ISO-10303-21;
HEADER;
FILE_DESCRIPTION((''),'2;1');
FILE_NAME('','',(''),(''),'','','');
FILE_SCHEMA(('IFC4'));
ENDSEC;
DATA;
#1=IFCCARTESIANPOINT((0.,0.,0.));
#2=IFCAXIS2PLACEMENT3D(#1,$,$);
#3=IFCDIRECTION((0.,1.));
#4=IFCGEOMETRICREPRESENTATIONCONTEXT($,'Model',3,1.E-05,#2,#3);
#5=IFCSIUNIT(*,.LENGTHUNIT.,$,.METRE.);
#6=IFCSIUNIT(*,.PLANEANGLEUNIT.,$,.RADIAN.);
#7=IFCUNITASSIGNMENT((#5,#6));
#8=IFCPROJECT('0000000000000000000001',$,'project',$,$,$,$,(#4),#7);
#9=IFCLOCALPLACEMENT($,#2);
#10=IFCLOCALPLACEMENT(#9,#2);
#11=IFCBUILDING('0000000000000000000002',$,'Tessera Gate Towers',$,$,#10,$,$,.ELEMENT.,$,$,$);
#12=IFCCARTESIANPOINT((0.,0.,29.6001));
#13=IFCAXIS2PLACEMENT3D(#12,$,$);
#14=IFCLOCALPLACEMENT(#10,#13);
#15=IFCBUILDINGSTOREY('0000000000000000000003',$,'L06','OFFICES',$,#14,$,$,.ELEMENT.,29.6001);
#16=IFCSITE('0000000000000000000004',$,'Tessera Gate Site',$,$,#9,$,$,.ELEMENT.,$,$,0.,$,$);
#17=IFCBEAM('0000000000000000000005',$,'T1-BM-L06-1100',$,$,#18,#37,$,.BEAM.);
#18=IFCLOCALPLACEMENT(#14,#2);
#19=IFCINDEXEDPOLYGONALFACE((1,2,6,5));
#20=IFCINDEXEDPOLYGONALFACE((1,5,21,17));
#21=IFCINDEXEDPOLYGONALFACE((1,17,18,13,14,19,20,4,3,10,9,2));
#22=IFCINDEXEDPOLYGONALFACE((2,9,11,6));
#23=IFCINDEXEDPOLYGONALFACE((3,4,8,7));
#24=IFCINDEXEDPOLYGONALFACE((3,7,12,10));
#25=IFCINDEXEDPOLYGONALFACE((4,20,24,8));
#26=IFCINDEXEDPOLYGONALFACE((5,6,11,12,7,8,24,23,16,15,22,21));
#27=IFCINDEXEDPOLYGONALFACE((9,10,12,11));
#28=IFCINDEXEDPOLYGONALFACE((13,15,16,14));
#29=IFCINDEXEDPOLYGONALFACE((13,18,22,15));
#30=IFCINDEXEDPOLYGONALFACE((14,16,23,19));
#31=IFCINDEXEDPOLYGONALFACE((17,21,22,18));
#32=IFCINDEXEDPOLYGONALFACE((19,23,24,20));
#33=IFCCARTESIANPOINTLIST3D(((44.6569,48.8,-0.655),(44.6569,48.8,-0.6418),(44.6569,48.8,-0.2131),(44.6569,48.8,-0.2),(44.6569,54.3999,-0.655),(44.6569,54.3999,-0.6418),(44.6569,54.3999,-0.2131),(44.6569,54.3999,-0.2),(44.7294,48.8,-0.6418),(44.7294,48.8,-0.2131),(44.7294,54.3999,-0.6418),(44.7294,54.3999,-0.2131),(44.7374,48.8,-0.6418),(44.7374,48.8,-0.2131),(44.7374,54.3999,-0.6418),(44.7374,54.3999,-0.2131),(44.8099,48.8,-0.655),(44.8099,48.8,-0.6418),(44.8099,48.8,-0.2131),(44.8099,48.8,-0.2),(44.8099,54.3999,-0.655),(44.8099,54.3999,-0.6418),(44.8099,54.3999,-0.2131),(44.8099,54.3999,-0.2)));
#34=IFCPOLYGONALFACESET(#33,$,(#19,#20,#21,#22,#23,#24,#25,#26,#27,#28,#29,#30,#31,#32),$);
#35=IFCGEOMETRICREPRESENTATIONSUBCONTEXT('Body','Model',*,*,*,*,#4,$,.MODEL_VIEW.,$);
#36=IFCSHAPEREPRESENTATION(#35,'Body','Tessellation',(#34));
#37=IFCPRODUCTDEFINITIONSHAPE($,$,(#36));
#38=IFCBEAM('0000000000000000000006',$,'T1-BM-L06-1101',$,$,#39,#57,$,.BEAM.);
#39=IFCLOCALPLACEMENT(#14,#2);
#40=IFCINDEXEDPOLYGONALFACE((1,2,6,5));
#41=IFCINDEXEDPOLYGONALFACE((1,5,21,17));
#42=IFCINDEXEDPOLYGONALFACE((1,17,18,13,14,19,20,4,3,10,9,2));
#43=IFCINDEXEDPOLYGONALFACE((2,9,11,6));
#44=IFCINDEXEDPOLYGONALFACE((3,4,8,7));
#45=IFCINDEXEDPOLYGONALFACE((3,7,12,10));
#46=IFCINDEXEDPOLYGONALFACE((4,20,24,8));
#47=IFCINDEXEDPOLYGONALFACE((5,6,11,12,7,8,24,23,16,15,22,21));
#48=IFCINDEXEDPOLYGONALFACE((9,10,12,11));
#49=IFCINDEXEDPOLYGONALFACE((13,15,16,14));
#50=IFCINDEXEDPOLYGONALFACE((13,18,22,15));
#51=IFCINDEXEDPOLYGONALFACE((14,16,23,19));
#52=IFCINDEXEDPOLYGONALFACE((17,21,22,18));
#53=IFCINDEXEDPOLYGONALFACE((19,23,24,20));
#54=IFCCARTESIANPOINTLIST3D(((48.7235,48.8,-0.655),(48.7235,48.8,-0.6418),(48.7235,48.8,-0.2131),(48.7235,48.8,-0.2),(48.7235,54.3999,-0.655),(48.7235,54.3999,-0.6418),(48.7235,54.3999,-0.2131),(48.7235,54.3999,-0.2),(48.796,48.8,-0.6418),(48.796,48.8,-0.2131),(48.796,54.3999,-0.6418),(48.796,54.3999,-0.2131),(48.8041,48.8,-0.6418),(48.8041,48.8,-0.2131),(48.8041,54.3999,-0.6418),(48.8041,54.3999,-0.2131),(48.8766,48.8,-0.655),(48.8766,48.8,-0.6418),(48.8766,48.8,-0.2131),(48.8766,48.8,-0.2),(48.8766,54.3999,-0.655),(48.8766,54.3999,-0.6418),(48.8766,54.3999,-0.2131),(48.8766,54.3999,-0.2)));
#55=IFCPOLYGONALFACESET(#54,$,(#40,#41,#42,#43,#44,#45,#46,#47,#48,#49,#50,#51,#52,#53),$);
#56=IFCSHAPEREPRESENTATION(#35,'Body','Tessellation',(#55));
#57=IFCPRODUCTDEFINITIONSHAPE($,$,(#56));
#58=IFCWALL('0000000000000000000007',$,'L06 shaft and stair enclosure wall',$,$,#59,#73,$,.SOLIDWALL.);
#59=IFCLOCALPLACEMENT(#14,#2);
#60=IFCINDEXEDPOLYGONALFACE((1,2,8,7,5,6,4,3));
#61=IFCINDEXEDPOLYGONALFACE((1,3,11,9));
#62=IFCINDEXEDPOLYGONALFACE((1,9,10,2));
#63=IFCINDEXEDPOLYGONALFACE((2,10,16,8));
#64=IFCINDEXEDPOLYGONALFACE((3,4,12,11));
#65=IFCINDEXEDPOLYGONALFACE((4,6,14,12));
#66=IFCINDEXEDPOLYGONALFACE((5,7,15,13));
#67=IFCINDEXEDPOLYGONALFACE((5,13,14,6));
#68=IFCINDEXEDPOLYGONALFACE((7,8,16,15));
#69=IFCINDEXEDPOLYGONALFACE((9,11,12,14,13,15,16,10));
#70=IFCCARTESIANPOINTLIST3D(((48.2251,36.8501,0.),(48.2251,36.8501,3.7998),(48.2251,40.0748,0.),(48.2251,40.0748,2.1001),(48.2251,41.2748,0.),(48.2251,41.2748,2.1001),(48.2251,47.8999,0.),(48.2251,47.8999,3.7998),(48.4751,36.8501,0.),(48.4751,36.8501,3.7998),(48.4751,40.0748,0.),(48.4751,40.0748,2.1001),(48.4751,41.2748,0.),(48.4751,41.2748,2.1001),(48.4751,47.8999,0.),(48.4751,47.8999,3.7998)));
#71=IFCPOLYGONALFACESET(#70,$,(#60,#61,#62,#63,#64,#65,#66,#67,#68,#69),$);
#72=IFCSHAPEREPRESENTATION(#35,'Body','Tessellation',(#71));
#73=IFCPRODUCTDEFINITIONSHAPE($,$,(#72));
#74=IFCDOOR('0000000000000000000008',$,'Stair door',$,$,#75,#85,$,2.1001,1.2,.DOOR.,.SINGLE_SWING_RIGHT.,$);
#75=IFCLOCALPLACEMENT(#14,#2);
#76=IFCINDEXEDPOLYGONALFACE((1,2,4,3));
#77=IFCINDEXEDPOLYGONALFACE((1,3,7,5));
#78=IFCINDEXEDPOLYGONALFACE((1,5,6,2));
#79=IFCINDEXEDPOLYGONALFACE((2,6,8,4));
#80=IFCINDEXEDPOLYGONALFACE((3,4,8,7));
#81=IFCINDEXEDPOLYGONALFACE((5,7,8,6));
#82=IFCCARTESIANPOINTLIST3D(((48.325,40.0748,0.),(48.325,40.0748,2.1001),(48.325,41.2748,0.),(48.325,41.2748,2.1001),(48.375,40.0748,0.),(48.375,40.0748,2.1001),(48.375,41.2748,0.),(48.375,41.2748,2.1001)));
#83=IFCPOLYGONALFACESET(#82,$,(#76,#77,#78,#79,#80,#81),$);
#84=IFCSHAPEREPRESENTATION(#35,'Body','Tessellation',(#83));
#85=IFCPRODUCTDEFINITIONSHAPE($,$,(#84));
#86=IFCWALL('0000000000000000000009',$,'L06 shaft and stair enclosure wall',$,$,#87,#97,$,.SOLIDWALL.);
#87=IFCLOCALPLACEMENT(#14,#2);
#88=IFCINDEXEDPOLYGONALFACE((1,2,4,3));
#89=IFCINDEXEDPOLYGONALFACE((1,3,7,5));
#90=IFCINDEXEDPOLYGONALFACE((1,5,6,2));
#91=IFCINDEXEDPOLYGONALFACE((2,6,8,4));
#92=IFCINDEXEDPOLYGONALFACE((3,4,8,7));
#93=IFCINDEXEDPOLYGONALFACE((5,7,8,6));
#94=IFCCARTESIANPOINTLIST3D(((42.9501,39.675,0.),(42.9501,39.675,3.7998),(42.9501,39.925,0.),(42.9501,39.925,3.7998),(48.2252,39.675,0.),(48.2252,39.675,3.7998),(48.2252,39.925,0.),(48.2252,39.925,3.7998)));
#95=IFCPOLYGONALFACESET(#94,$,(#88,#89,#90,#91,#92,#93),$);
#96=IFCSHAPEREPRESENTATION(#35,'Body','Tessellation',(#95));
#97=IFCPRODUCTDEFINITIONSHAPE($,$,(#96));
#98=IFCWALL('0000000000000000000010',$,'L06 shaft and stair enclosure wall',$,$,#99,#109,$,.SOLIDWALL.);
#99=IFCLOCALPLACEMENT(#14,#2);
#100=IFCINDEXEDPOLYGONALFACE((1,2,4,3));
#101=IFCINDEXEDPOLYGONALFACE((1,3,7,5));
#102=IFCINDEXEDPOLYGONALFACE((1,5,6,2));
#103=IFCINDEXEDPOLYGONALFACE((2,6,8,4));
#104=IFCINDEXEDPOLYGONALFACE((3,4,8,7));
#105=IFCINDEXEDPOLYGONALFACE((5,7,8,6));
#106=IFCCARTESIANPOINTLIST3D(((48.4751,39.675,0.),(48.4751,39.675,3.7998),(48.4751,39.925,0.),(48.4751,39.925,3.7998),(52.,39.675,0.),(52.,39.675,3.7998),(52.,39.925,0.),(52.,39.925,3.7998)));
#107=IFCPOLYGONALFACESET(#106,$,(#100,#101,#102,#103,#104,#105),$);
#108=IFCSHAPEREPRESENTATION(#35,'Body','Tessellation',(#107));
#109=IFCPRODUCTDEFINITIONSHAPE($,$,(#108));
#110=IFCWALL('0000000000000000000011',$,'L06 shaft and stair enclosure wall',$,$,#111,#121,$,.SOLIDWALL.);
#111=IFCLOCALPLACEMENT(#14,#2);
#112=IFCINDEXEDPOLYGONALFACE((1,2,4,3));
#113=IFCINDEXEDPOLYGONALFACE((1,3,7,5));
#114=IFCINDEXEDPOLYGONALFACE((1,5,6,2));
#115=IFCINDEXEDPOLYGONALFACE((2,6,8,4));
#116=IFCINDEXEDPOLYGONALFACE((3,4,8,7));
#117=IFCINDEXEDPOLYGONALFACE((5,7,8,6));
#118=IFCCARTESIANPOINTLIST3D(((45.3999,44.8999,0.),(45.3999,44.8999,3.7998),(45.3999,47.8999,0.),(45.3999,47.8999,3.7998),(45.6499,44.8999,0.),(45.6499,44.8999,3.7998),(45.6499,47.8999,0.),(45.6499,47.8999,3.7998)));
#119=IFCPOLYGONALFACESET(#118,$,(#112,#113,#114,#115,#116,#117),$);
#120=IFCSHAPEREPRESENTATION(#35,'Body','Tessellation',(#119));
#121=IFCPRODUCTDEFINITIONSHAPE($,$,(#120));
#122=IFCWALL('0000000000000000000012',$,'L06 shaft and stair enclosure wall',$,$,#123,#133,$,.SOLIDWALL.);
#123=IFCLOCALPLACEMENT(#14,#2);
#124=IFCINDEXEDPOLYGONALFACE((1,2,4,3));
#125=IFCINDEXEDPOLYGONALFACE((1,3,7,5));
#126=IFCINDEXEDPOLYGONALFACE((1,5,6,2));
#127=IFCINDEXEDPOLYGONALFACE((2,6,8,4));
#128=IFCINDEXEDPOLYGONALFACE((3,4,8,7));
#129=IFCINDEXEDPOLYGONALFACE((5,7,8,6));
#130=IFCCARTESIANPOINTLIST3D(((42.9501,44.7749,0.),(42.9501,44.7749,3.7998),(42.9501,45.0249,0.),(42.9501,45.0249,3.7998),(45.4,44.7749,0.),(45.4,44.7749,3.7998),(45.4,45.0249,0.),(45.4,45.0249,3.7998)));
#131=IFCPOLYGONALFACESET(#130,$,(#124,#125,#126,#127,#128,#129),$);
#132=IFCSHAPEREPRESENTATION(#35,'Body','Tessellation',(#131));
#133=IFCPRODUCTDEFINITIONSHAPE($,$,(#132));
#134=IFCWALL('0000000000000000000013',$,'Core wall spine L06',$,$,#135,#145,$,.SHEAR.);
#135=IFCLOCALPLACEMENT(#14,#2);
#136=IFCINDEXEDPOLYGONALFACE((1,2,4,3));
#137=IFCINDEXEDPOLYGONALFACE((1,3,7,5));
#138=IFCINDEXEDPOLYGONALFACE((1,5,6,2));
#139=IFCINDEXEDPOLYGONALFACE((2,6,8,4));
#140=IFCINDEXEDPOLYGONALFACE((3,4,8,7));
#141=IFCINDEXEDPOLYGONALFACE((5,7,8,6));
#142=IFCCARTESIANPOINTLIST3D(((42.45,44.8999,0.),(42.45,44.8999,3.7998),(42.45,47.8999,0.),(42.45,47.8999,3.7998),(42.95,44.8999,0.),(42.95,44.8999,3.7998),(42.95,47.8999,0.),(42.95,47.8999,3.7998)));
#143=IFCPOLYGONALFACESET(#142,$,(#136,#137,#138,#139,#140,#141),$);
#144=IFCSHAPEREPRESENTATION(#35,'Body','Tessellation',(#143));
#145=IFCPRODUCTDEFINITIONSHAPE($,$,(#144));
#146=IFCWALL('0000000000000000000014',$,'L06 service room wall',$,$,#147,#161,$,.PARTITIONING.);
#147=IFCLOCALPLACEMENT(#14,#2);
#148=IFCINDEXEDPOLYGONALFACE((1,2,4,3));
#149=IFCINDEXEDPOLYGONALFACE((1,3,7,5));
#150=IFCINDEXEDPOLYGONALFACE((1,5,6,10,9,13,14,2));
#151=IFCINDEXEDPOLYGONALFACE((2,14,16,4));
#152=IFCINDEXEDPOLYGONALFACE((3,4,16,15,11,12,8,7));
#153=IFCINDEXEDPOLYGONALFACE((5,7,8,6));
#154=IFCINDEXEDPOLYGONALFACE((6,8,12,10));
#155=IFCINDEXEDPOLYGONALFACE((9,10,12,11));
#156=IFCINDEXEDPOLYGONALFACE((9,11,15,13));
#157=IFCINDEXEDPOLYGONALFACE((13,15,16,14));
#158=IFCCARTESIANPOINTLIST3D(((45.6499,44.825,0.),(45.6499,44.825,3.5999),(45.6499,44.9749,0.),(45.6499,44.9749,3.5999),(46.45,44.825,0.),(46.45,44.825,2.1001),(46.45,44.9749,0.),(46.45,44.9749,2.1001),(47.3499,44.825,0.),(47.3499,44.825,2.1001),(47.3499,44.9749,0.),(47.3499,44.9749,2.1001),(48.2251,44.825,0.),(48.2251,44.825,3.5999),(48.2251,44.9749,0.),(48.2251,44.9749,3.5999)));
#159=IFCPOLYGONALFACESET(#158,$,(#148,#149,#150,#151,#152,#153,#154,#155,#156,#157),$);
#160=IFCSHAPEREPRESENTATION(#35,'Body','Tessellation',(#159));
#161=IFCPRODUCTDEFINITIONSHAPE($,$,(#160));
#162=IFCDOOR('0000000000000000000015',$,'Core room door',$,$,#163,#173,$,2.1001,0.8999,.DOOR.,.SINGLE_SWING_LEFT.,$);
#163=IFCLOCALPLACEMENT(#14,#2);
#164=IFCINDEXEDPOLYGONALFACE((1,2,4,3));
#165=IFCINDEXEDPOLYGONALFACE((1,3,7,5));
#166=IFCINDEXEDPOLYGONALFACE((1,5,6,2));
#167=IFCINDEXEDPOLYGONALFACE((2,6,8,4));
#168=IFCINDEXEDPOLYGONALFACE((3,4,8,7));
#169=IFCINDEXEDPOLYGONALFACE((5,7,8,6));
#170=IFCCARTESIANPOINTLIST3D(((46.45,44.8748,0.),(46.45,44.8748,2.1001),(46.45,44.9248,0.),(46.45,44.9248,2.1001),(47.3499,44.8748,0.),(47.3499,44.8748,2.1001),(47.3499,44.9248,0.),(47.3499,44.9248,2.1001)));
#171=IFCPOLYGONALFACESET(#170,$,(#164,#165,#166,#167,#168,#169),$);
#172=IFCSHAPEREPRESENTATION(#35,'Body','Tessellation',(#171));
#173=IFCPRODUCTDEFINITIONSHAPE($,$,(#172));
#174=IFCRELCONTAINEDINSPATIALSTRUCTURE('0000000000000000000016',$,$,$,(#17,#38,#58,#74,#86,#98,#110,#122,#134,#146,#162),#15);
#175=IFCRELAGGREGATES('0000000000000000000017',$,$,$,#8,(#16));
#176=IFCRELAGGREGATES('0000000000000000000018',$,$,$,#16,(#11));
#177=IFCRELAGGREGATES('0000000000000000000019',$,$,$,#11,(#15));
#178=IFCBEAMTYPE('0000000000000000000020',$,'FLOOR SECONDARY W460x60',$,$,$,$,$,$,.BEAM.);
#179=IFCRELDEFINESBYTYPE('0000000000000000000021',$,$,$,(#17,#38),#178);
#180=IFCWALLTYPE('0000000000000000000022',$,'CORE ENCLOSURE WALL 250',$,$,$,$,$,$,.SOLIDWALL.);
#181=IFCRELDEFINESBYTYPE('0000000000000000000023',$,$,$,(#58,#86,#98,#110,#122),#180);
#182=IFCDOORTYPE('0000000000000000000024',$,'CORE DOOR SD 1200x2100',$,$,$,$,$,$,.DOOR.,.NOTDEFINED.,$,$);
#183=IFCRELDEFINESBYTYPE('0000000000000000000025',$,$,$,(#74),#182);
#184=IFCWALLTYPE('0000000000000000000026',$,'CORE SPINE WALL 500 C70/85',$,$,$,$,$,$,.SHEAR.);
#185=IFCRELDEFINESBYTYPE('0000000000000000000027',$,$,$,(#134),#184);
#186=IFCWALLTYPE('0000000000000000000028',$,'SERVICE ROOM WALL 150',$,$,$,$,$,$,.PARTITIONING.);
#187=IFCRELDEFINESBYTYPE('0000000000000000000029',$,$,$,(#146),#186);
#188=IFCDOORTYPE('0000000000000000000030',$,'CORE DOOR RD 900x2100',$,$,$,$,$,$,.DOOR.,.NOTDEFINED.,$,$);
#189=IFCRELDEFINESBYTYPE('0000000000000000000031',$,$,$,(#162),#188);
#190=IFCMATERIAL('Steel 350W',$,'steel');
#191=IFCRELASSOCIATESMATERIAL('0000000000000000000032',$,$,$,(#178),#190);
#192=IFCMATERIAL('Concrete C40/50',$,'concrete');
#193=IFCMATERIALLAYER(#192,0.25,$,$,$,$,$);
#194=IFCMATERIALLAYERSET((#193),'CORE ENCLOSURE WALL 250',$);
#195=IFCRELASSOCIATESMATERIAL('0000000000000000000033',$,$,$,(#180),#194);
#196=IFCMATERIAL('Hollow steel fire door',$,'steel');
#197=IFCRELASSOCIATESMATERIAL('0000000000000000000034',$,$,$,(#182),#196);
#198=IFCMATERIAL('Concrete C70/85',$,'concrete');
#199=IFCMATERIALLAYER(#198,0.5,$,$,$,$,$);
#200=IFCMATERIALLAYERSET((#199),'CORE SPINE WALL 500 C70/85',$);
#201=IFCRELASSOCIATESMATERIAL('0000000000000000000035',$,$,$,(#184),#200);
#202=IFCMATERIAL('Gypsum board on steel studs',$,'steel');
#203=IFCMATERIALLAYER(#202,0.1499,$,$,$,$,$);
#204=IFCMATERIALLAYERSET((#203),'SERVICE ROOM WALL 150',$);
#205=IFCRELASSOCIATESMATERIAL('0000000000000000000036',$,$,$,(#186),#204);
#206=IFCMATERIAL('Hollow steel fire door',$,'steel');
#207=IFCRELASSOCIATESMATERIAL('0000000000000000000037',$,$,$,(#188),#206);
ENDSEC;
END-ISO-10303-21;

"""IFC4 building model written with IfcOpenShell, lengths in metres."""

from ifc_helpers import new_model, si_unit, direction, frame, frame_2d, origin, origin_2d, place, context, subcontext, project, spatial, rectangle, i_section, extrude, source, transform, mapped, material, layer, layer_set, material_profile, profile_set, type_object, element, fill, save


model = new_model("IFC4")

# Units and contexts
model_context = context("Model", 3, precision=1e-05, world=origin(), true_north=direction((0.0, 1.0)))
body_context = subcontext(model_context, "Body", "Model", "MODEL_VIEW")
ifc_project = project(units=[si_unit("LENGTHUNIT", "METRE"), si_unit("PLANEANGLEUNIT", "RADIAN")], contexts=[model_context])

# Site, building, storey
site_placement = place(None, origin())
site = spatial("IfcSite", under=ifc_project, at=site_placement, Name="Tessera Gate Site", CompositionType="ELEMENT", RefElevation=0.0)
building_placement = place(site_placement, origin())
building = spatial("IfcBuilding", under=site, at=building_placement, Name="Tessera Gate Towers", CompositionType="ELEMENT")
storey_placement = place(building_placement, frame((0.0, 0.0, 29.6001)))
storey = spatial("IfcBuildingStorey", under=building, at=storey_placement, Name="L06", Description="OFFICES", CompositionType="ELEMENT", Elevation=29.6001)

# Beams
ifc_material_1 = material(Name="Steel 350W", Category="steel")
ifc_material_profile = material_profile(ifc_material_1, i_section(OverallWidth=0.1531, OverallDepth=0.4551, WebThickness=0.0081, FlangeThickness=0.0132, at=origin_2d()), Name="W460x60")
ifc_profile_set = profile_set([ifc_material_profile], Name="Steel 350W")
beam_type = type_object("IfcBeamType", Name="FLOOR SECONDARY W460x60", PredefinedType="BEAM", material=ifc_profile_set)
for number, where, z_axis, x_axis, name in (
    (1, (44.7334, 48.8, -0.4275), (0.0, 1.0, 0.0), (-1.0, 0.0, 0.0), "T1-BM-L06-1100"),
    (2, (48.8, 48.8, -0.4275), (0.0, 1.0, 0.0), (-1.0, 0.0, 0.0), "T1-BM-L06-1101"),
):
    element("IfcBeam", number, at=place(storey_placement, frame(where, z_axis=z_axis, x_axis=x_axis)), inside=storey, type_object=beam_type, Name=name, PredefinedType="BEAM", context=body_context, shape_type="SweptSolid", body=[
        extrude(i_section(OverallWidth=0.1531, OverallDepth=0.4551, WebThickness=0.0081, FlangeThickness=0.0132, at=origin_2d()), origin(), (0.0, 0.0, 1.0), 5.5999),
    ])

# Wall, opening, door
ifc_material_2 = material(Name="Concrete C40/50", Category="concrete")
ifc_layer_1 = layer(ifc_material_2, 0.25)
ifc_layer_set_1 = layer_set([ifc_layer_1], Name="CORE ENCLOSURE WALL 250")
wall_type_1 = type_object("IfcWallType", Name="CORE ENCLOSURE WALL 250", PredefinedType="SOLIDWALL", material=ifc_layer_set_1)
wall_1_placement = place(storey_placement, frame((48.3501, 47.8999, 0.0), z_axis=(0.0, 0.0, 1.0), x_axis=(0.0, -1.0, 0.0)))
wall_1 = element("IfcWall", 3, at=wall_1_placement, inside=storey, type_object=wall_type_1, Name="L06 shaft and stair enclosure wall", PredefinedType="SOLIDWALL", context=body_context, shape_type="SweptSolid", body=[
    extrude(rectangle(XDim=11.0498, YDim=0.25, at=frame_2d((5.5249, 0.0))), origin(), (0.0, 0.0, 1.0), 3.7998),
])
shared_shape_1 = source(origin(), body_context, "Body", "SweptSolid", [
    extrude(rectangle(XDim=1.2, YDim=2.1001, at=frame_2d((0.6001, 1.05))), frame((0.0, 0.135, 0.0), z_axis=(0.0, -1.0, 0.0), x_axis=(1.0, 0.0, 0.0)), (0.0, 0.0, 1.0), 0.27),
])
opening_1_placement = place(wall_1_placement, frame((6.625, 0.0, 0.0)))
opening_1 = element("IfcOpeningElement", 4, at=opening_1_placement, cuts=wall_1, PredefinedType="OPENING", context=body_context, shape_type="MappedRepresentation", body=[
    mapped(shared_shape_1, transform((0.0, 0.0, 0.0), scale=1.0)),
])
ifc_material_3 = material(Name="Hollow steel fire door", Category="steel")
door_type_1 = type_object("IfcDoorType", Name="CORE DOOR SD 1200x2100", OperationType="NOTDEFINED", PredefinedType="DOOR", material=ifc_material_3)
shared_shape_2 = source(origin(), body_context, "Body", "SweptSolid", [
    extrude(rectangle(XDim=1.2, YDim=2.1001, at=frame_2d((0.6001, 1.05))), frame((0.0, 0.0249, 0.0), z_axis=(0.0, -1.0, 0.0), x_axis=(1.0, 0.0, 0.0)), (0.0, 0.0, 1.0), 0.05),
])
door_1_placement = place(opening_1_placement, origin())
door_1 = element("IfcDoor", 5, at=door_1_placement, inside=storey, type_object=door_type_1, Name="Stair door", OperationType="SINGLE_SWING_RIGHT", OverallHeight=2.1001, OverallWidth=1.2, PredefinedType="DOOR", context=body_context, shape_type="MappedRepresentation", body=[
    mapped(shared_shape_2, transform((0.0, 0.0, 0.0), scale=1.0)),
])
fill(opening_1, door_1)

# Walls
wall_2_placement = place(storey_placement, frame((42.95, 39.8, 0.0), z_axis=(0.0, 0.0, 1.0), x_axis=(1.0, 0.0, 0.0)))
element("IfcWall", 6, at=wall_2_placement, inside=storey, type_object=wall_type_1, Name="L06 shaft and stair enclosure wall", PredefinedType="SOLIDWALL", context=body_context, shape_type="SweptSolid", body=[
    extrude(rectangle(XDim=5.2751, YDim=0.25, at=frame_2d((2.6377, 0.0))), origin(), (0.0, 0.0, 1.0), 3.7998),
])
wall_3_placement = place(storey_placement, frame((48.4751, 39.8, 0.0), z_axis=(0.0, 0.0, 1.0), x_axis=(1.0, 0.0, 0.0)))
element("IfcWall", 7, at=wall_3_placement, inside=storey, type_object=wall_type_1, Name="L06 shaft and stair enclosure wall", PredefinedType="SOLIDWALL", context=body_context, shape_type="SweptSolid", body=[
    extrude(rectangle(XDim=3.5249, YDim=0.25, at=frame_2d((1.7625, 0.0))), origin(), (0.0, 0.0, 1.0), 3.7998),
])
wall_4_placement = place(storey_placement, frame((45.5249, 44.8999, 0.0), z_axis=(0.0, 0.0, 1.0), x_axis=(0.0, 1.0, 0.0)))
element("IfcWall", 8, at=wall_4_placement, inside=storey, type_object=wall_type_1, Name="L06 shaft and stair enclosure wall", PredefinedType="SOLIDWALL", context=body_context, shape_type="SweptSolid", body=[
    extrude(rectangle(XDim=3.0, YDim=0.25, at=frame_2d((1.5, 0.0))), origin(), (0.0, 0.0, 1.0), 3.7998),
])
wall_5_placement = place(storey_placement, frame((42.95, 44.8999, 0.0), z_axis=(0.0, 0.0, 1.0), x_axis=(1.0, 0.0, 0.0)))
element("IfcWall", 9, at=wall_5_placement, inside=storey, type_object=wall_type_1, Name="L06 shaft and stair enclosure wall", PredefinedType="SOLIDWALL", context=body_context, shape_type="SweptSolid", body=[
    extrude(rectangle(XDim=2.45, YDim=0.25, at=frame_2d((1.2251, 0.0))), origin(), (0.0, 0.0, 1.0), 3.7998),
])
ifc_material_4 = material(Name="Concrete C70/85", Category="concrete")
ifc_layer_2 = layer(ifc_material_4, 0.5)
ifc_layer_set_2 = layer_set([ifc_layer_2], Name="CORE SPINE WALL 500 C70/85")
wall_type_2 = type_object("IfcWallType", Name="CORE SPINE WALL 500 C70/85", PredefinedType="SHEAR", material=ifc_layer_set_2)
wall_6_placement = place(storey_placement, frame((42.7, 44.8999, 0.0), z_axis=(0.0, 0.0, 1.0), x_axis=(0.0, 1.0, 0.0)))
element("IfcWall", 10, at=wall_6_placement, inside=storey, type_object=wall_type_2, Name="Core wall spine L06", PredefinedType="SHEAR", context=body_context, shape_type="SweptSolid", body=[
    extrude(rectangle(XDim=3.0, YDim=0.5, at=frame_2d((1.5, 0.0))), origin(), (0.0, 0.0, 1.0), 3.7998),
])

# Wall, opening, door
ifc_material_5 = material(Name="Gypsum board on steel studs", Category="steel")
ifc_layer_3 = layer(ifc_material_5, 0.1499)
ifc_layer_set_3 = layer_set([ifc_layer_3], Name="SERVICE ROOM WALL 150")
wall_type_3 = type_object("IfcWallType", Name="SERVICE ROOM WALL 150", PredefinedType="PARTITIONING", material=ifc_layer_set_3)
wall_7_placement = place(storey_placement, frame((45.6499, 44.8999, 0.0), z_axis=(0.0, 0.0, 1.0), x_axis=(1.0, 0.0, 0.0)))
wall_7 = element("IfcWall", 11, at=wall_7_placement, inside=storey, type_object=wall_type_3, Name="L06 service room wall", PredefinedType="PARTITIONING", context=body_context, shape_type="SweptSolid", body=[
    extrude(rectangle(XDim=2.5752, YDim=0.1499, at=frame_2d((1.2876, 0.0))), origin(), (0.0, 0.0, 1.0), 3.5999),
])
shared_shape_3 = source(origin(), body_context, "Body", "SweptSolid", [
    extrude(rectangle(XDim=0.8999, YDim=2.1001, at=frame_2d((0.45, 1.05))), frame((0.0, 0.085, 0.0), z_axis=(0.0, -1.0, 0.0), x_axis=(1.0, 0.0, 0.0)), (0.0, 0.0, 1.0), 0.1699),
])
opening_2_placement = place(wall_7_placement, frame((0.8, 0.0, 0.0)))
opening_2 = element("IfcOpeningElement", 12, at=opening_2_placement, cuts=wall_7, PredefinedType="OPENING", context=body_context, shape_type="MappedRepresentation", body=[
    mapped(shared_shape_3, transform((0.0, 0.0, 0.0), scale=1.0)),
])
ifc_material_6 = material(Name="Hollow steel fire door", Category="steel")
door_type_2 = type_object("IfcDoorType", Name="CORE DOOR RD 900x2100", OperationType="NOTDEFINED", PredefinedType="DOOR", material=ifc_material_6)
shared_shape_4 = source(origin(), body_context, "Body", "SweptSolid", [
    extrude(rectangle(XDim=0.8999, YDim=2.1001, at=frame_2d((0.45, 1.05))), frame((0.0, 0.0249, 0.0), z_axis=(0.0, -1.0, 0.0), x_axis=(1.0, 0.0, 0.0)), (0.0, 0.0, 1.0), 0.05),
])
door_2_placement = place(opening_2_placement, origin())
door_2 = element("IfcDoor", 13, at=door_2_placement, inside=storey, type_object=door_type_2, Name="Core room door", OperationType="SINGLE_SWING_LEFT", OverallHeight=2.1001, OverallWidth=0.8999, PredefinedType="DOOR", context=body_context, shape_type="MappedRepresentation", body=[
    mapped(shared_shape_4, transform((0.0, 0.0, 0.0), scale=1.0)),
])
fill(opening_2, door_2)

save(model, "model.ifc")
